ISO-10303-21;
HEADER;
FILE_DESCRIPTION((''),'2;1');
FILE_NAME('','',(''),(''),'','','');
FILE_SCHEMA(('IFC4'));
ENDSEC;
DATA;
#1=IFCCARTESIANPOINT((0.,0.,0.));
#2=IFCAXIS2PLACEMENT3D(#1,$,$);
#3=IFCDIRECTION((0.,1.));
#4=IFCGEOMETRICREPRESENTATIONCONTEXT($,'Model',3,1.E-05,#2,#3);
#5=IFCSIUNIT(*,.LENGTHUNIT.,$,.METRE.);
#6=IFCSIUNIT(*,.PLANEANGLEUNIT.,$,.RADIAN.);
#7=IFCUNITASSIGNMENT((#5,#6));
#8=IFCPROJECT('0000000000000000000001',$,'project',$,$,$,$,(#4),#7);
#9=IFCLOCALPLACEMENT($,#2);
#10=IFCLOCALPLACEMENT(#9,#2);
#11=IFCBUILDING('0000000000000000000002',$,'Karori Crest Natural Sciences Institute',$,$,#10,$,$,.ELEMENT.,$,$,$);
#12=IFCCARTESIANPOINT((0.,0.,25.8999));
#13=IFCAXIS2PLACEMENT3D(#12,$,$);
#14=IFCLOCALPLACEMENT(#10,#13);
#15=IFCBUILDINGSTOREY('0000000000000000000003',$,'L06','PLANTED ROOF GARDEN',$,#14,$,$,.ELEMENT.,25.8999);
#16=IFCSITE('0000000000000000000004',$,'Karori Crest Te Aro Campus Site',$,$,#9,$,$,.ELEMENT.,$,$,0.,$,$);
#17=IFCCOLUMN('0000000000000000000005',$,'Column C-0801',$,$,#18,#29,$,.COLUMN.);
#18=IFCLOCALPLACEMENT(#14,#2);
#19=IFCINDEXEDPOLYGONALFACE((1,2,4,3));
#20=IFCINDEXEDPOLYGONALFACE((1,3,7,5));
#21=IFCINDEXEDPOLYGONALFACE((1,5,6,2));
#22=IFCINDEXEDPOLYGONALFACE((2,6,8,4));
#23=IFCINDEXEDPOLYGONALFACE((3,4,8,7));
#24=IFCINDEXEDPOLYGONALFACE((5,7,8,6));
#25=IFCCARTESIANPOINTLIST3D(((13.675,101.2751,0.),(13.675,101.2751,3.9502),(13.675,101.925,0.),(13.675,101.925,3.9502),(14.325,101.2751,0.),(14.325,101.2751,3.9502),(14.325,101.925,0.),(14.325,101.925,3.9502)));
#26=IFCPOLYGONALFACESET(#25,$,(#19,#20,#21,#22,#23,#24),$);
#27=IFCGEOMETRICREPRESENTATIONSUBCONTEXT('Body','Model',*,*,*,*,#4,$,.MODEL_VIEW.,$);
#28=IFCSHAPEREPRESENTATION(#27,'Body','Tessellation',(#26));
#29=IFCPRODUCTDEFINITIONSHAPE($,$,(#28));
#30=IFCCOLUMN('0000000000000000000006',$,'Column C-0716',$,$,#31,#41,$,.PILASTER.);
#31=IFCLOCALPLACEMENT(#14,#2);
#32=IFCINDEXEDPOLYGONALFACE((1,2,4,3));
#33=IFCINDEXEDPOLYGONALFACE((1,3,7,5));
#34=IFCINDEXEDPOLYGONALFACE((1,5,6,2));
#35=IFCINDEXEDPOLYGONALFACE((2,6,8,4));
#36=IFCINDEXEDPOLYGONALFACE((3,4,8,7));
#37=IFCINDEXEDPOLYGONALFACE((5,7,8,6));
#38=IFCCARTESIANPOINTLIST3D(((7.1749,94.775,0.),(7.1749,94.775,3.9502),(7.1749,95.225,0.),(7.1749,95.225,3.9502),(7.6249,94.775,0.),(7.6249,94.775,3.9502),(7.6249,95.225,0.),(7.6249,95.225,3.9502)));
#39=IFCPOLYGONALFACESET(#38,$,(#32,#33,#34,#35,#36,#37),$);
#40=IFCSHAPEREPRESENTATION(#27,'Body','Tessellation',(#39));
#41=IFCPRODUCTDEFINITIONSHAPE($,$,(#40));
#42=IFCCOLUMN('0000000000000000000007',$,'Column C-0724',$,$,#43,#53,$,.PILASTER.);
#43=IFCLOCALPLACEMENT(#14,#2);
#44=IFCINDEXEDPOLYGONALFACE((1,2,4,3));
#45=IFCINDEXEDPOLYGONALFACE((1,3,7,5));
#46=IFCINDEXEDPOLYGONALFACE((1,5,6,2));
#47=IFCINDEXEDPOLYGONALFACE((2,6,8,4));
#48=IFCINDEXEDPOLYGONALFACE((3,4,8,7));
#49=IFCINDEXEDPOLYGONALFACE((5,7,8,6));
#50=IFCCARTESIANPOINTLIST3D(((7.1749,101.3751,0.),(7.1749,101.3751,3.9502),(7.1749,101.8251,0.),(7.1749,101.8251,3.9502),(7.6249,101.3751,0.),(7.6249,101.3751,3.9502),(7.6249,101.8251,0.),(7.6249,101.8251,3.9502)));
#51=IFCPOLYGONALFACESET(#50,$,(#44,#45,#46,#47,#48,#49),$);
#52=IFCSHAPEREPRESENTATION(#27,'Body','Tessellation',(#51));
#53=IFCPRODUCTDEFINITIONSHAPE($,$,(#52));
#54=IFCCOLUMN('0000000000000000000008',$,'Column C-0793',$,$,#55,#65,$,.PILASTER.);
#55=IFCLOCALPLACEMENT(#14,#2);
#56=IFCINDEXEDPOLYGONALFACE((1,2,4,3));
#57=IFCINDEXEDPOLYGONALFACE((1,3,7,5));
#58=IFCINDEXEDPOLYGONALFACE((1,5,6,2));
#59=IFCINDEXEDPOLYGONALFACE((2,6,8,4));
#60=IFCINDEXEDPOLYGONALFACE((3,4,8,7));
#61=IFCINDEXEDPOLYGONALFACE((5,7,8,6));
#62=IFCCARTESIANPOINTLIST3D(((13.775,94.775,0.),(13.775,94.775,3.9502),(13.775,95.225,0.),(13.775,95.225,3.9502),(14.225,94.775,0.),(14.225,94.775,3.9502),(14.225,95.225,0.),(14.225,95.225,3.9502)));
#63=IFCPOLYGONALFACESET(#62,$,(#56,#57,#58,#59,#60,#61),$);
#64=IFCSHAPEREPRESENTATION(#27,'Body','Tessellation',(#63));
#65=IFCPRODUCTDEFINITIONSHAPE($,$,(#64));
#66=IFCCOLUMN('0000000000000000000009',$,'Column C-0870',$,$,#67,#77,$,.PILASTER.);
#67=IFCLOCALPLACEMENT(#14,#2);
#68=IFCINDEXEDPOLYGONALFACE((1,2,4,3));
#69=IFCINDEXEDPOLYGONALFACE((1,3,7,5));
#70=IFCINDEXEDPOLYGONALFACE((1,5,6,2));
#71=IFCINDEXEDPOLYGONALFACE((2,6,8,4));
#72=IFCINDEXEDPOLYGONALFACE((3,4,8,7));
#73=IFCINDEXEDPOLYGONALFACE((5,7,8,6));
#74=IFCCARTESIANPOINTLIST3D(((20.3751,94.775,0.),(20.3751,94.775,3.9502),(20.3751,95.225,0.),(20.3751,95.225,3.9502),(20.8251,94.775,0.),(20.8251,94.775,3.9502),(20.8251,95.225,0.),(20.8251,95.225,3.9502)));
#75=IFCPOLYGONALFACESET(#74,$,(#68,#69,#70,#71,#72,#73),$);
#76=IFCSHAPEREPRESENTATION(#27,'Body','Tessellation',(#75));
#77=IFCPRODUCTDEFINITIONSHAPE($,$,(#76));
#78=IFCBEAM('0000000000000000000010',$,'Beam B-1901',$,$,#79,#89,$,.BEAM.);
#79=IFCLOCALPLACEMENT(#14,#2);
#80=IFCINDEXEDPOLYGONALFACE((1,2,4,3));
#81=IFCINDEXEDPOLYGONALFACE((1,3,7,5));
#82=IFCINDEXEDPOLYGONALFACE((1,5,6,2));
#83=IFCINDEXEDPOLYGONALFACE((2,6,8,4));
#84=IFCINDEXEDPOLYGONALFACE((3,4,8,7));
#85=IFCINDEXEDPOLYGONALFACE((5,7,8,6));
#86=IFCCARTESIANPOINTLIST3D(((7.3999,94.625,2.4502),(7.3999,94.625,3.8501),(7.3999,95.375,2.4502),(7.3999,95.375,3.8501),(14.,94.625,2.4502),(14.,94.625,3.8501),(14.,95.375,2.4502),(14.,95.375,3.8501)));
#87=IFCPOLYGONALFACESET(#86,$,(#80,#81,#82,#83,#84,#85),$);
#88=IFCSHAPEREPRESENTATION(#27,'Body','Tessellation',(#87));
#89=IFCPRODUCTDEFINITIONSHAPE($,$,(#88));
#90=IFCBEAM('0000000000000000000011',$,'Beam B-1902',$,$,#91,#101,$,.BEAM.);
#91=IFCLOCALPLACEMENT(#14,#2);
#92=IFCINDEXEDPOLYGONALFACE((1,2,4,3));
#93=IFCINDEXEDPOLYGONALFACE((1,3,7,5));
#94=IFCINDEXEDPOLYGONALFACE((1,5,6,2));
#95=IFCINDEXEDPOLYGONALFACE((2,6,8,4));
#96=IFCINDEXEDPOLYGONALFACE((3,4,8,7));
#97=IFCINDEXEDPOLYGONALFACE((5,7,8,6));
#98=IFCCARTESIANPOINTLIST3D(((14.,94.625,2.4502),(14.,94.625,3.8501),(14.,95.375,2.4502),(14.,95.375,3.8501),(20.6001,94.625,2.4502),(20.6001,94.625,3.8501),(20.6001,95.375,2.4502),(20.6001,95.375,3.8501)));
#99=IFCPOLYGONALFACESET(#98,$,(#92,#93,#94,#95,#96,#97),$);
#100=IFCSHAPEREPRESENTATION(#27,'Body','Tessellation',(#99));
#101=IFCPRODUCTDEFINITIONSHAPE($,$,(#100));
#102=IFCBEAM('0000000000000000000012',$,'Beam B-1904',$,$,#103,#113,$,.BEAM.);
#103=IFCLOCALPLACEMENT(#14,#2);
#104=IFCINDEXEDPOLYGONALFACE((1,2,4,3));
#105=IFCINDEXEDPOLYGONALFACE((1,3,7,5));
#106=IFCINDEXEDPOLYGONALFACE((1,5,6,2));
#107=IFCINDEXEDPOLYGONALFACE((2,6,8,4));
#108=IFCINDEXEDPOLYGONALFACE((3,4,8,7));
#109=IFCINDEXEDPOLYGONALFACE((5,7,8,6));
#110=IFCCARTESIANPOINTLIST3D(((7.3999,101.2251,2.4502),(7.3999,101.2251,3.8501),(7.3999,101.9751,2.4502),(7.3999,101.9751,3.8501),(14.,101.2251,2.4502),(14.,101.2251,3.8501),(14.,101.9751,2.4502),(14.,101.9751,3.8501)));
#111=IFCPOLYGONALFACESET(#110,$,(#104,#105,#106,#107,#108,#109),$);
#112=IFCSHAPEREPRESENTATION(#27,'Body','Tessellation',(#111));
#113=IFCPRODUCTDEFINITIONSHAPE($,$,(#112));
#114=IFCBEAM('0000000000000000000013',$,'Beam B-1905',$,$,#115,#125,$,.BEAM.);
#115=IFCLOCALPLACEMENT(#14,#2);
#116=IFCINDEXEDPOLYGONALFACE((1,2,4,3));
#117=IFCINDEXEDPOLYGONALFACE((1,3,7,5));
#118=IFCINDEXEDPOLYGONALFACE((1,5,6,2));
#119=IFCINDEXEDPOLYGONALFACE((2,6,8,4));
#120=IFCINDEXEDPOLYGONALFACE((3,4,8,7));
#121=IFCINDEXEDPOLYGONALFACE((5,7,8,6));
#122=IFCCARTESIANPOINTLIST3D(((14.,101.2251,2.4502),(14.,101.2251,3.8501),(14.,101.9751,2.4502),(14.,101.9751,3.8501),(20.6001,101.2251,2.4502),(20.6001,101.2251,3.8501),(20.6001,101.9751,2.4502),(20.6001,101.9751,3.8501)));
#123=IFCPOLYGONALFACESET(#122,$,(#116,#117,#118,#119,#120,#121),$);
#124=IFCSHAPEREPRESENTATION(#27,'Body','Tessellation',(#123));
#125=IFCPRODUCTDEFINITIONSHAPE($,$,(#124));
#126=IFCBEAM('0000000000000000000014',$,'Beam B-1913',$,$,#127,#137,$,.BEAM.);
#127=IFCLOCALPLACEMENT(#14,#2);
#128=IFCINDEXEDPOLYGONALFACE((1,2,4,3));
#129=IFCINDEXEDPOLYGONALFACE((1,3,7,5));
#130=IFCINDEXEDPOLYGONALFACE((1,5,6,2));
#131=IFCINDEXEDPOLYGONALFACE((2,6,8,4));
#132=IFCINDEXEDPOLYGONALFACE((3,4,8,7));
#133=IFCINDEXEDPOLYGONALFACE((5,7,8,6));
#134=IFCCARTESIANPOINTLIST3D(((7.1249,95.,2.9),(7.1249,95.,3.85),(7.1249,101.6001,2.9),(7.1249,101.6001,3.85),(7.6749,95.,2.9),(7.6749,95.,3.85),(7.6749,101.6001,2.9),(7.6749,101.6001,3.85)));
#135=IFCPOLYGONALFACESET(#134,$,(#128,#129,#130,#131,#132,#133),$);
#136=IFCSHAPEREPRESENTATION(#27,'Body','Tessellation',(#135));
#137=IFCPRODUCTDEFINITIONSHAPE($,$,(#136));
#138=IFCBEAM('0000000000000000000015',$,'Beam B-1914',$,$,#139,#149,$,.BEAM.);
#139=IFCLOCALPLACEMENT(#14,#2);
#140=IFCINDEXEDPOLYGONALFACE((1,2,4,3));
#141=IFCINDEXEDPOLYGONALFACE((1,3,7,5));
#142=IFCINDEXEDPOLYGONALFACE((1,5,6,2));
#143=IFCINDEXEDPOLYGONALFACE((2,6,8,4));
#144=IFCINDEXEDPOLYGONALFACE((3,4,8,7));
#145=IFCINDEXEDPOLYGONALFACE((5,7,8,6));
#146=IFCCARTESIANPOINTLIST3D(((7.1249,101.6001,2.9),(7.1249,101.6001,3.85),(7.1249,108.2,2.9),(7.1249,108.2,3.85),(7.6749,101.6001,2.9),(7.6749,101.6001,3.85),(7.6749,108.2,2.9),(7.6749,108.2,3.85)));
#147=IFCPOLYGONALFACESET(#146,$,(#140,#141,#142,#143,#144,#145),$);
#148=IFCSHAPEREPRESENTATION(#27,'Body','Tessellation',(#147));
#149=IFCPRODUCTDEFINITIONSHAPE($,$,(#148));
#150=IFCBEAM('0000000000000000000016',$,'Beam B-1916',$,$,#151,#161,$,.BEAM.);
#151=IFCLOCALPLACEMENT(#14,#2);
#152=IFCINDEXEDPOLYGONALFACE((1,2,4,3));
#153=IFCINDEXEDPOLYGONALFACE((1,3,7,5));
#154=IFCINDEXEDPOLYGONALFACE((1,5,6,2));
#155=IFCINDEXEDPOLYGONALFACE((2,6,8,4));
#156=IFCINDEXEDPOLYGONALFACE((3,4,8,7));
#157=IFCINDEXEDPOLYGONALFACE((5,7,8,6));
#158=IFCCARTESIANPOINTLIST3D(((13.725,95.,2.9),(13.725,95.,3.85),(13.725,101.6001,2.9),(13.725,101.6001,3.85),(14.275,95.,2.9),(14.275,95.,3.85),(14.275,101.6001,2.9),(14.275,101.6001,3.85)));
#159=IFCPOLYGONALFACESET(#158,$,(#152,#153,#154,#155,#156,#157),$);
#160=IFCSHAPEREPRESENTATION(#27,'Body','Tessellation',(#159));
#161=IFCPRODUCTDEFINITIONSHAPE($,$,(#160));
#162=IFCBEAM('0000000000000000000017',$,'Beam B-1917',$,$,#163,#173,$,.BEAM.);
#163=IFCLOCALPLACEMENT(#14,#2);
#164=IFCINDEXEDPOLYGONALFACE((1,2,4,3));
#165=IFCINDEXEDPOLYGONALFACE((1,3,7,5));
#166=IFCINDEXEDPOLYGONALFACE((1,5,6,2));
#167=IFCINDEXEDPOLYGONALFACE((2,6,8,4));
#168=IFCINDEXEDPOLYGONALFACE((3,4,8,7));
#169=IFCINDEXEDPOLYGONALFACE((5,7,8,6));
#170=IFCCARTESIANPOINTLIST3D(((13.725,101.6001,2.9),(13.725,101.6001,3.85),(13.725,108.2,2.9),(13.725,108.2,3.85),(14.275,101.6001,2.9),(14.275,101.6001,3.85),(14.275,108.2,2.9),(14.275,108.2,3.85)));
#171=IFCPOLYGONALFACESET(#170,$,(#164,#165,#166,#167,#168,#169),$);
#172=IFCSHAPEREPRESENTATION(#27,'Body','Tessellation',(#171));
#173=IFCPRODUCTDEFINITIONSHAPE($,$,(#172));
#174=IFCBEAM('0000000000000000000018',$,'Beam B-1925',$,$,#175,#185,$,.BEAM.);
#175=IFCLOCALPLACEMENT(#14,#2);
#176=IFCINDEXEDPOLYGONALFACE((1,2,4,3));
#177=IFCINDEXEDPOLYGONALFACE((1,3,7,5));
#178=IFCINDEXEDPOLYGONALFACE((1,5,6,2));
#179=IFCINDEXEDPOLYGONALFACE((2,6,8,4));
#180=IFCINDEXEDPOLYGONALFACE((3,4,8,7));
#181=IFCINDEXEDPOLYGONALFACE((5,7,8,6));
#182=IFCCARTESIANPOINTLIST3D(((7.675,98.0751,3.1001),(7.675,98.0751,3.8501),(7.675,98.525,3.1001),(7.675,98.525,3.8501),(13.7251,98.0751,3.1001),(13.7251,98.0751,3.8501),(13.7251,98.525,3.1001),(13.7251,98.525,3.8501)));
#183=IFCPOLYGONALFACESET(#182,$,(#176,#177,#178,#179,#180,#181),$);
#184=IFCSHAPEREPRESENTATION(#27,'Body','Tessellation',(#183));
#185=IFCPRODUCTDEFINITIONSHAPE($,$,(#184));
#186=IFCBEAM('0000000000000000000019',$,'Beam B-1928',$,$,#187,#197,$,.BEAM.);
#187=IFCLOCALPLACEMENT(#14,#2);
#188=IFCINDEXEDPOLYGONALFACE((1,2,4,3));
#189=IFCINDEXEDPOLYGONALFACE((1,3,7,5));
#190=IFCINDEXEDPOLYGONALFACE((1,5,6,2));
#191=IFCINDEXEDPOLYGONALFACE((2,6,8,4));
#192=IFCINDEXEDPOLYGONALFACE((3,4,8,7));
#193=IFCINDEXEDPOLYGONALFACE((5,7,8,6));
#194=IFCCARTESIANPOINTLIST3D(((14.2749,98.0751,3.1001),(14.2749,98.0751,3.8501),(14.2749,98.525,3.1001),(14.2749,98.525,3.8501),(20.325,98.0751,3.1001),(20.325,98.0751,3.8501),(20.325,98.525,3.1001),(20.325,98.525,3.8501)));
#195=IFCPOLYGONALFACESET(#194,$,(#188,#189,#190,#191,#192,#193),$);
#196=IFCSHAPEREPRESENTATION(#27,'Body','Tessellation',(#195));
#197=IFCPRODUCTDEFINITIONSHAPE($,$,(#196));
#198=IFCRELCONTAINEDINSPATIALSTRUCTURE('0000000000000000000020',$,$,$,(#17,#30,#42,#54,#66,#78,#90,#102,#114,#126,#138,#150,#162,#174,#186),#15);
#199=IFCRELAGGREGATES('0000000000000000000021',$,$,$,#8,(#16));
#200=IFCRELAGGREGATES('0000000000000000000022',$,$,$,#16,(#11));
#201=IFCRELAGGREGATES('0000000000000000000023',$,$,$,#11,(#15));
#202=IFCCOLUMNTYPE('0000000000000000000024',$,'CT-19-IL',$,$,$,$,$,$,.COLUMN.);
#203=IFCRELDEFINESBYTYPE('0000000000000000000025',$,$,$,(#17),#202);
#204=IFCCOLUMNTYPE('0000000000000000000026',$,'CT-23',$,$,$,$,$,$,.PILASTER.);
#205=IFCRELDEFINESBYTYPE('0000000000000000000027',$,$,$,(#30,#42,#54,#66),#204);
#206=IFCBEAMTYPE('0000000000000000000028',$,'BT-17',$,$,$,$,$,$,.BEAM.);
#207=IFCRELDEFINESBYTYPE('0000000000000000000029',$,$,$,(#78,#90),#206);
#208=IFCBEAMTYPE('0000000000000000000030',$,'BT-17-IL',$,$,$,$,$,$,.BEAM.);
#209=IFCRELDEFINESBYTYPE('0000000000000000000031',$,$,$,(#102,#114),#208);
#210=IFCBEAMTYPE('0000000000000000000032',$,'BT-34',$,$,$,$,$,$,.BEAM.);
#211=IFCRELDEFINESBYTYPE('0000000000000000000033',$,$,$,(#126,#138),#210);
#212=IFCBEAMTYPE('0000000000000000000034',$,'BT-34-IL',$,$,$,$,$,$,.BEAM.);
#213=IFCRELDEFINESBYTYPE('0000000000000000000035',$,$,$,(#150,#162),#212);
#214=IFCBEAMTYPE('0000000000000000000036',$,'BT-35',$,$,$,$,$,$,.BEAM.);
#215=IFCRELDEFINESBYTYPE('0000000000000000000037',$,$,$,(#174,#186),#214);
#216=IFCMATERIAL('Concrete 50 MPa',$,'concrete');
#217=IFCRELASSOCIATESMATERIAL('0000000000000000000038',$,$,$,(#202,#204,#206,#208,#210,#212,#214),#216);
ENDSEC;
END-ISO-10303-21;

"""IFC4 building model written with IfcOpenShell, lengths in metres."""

from ifc_helpers import new_model, si_unit, direction, frame, origin, origin_2d, place, context, subcontext, project, spatial, rectangle, extrude, material, material_profile, profile_set, type_object, element, save


model = new_model("IFC4")

# Units and contexts
model_context = context("Model", 3, precision=1e-05, world=origin(), true_north=direction((0.0, 1.0)))
body_context = subcontext(model_context, "Body", "Model", "MODEL_VIEW")
ifc_project = project(units=[si_unit("LENGTHUNIT", "METRE"), si_unit("PLANEANGLEUNIT", "RADIAN")], contexts=[model_context])

# Site, building, storey
site_placement = place(None, origin())
site = spatial("IfcSite", under=ifc_project, at=site_placement, Name="Karori Crest Te Aro Campus Site", CompositionType="ELEMENT", RefElevation=0.0)
building_placement = place(site_placement, origin())
building = spatial("IfcBuilding", under=site, at=building_placement, Name="Karori Crest Natural Sciences Institute", CompositionType="ELEMENT")
storey_placement = place(building_placement, frame((0.0, 0.0, 25.8999)))
storey = spatial("IfcBuildingStorey", under=building, at=storey_placement, Name="L06", Description="PLANTED ROOF GARDEN", CompositionType="ELEMENT", Elevation=25.8999)

# Columns
ifc_material_1 = material(Name="Concrete 50 MPa", Category="concrete")
ifc_material_profile_1 = material_profile(ifc_material_1, rectangle(XDim=0.6499, YDim=0.6499, at=origin_2d()), Name="RC650x650")
ifc_profile_set_1 = profile_set([ifc_material_profile_1], Name="Concrete 50 MPa")
column_type_1 = type_object("IfcColumnType", Name="CT-19-IL", PredefinedType="COLUMN", material=ifc_profile_set_1)
column_placement = place(storey_placement, frame((14.0, 101.6001, 0.0), z_axis=(0.0, 0.0, 1.0), x_axis=(1.0, 0.0, 0.0)))
element("IfcColumn", 1, at=column_placement, inside=storey, type_object=column_type_1, Name="Column C-0801", PredefinedType="COLUMN", context=body_context, shape_type="SweptSolid", body=[
    extrude(rectangle(XDim=0.6499, YDim=0.6499, at=origin_2d()), origin(), (0.0, 0.0, 1.0), 3.9502),
])
ifc_material_profile_2 = material_profile(ifc_material_1, rectangle(XDim=0.45, YDim=0.45, at=origin_2d()), Name="RC450x450")
ifc_profile_set_2 = profile_set([ifc_material_profile_2], Name="Concrete 50 MPa")
column_type_2 = type_object("IfcColumnType", Name="CT-23", PredefinedType="PILASTER", material=ifc_profile_set_2)
for number, where, z_axis, x_axis, name in (
    (2, (7.3999, 95.0, 0.0), (0.0, 0.0, 1.0), (1.0, 0.0, 0.0), "Column C-0716"),
    (3, (7.3999, 101.6001, 0.0), (0.0, 0.0, 1.0), (1.0, 0.0, 0.0), "Column C-0724"),
    (4, (14.0, 95.0, 0.0), (0.0, 0.0, 1.0), (1.0, 0.0, 0.0), "Column C-0793"),
    (5, (20.6001, 95.0, 0.0), (0.0, 0.0, 1.0), (1.0, 0.0, 0.0), "Column C-0870"),
):
    element("IfcColumn", number, at=place(storey_placement, frame(where, z_axis=z_axis, x_axis=x_axis)), inside=storey, type_object=column_type_2, Name=name, PredefinedType="PILASTER", context=body_context, shape_type="SweptSolid", body=[
        extrude(rectangle(XDim=0.45, YDim=0.45, at=origin_2d()), origin(), (0.0, 0.0, 1.0), 3.9502),
    ])

# Beams
ifc_material_profile_3 = material_profile(ifc_material_1, rectangle(XDim=0.75, YDim=1.3999, at=origin_2d()), Name="RCB750x1400")
ifc_profile_set_3 = profile_set([ifc_material_profile_3], Name="Concrete 50 MPa")
beam_type_1 = type_object("IfcBeamType", Name="BT-17", PredefinedType="BEAM", material=ifc_profile_set_3)
for number, where, z_axis, x_axis, name in (
    (6, (7.3999, 95.0, 3.1501), (1.0, 0.0, 0.0), (0.0, 1.0, 0.0), "Beam B-1901"),
    (7, (14.0, 95.0, 3.1501), (1.0, 0.0, 0.0), (0.0, 1.0, 0.0), "Beam B-1902"),
):
    element("IfcBeam", number, at=place(storey_placement, frame(where, z_axis=z_axis, x_axis=x_axis)), inside=storey, type_object=beam_type_1, Name=name, PredefinedType="BEAM", context=body_context, shape_type="SweptSolid", body=[
        extrude(rectangle(XDim=0.75, YDim=1.3999, at=origin_2d()), origin(), (0.0, 0.0, 1.0), 6.6001),
    ])
ifc_material_profile_4 = material_profile(ifc_material_1, rectangle(XDim=0.75, YDim=1.3999, at=origin_2d()), Name="RCB750x1400")
ifc_profile_set_4 = profile_set([ifc_material_profile_4], Name="Concrete 50 MPa")
beam_type_2 = type_object("IfcBeamType", Name="BT-17-IL", PredefinedType="BEAM", material=ifc_profile_set_4)
for number, where, z_axis, x_axis, name in (
    (8, (7.3999, 101.6001, 3.1501), (1.0, 0.0, 0.0), (0.0, 1.0, 0.0), "Beam B-1904"),
    (9, (14.0, 101.6001, 3.1501), (1.0, 0.0, 0.0), (0.0, 1.0, 0.0), "Beam B-1905"),
):
    element("IfcBeam", number, at=place(storey_placement, frame(where, z_axis=z_axis, x_axis=x_axis)), inside=storey, type_object=beam_type_2, Name=name, PredefinedType="BEAM", context=body_context, shape_type="SweptSolid", body=[
        extrude(rectangle(XDim=0.75, YDim=1.3999, at=origin_2d()), origin(), (0.0, 0.0, 1.0), 6.6001),
    ])
ifc_material_profile_5 = material_profile(ifc_material_1, rectangle(XDim=0.55, YDim=0.95, at=origin_2d()), Name="RCB550x950")
ifc_profile_set_5 = profile_set([ifc_material_profile_5], Name="Concrete 50 MPa")
beam_type_3 = type_object("IfcBeamType", Name="BT-34", PredefinedType="BEAM", material=ifc_profile_set_5)
beam_1_placement = place(storey_placement, frame((7.3999, 95.0, 3.375), z_axis=(0.0, 1.0, 0.0), x_axis=(-1.0, 0.0, 0.0)))
element("IfcBeam", 10, at=beam_1_placement, inside=storey, type_object=beam_type_3, Name="Beam B-1913", PredefinedType="BEAM", context=body_context, shape_type="SweptSolid", body=[
    extrude(rectangle(XDim=0.55, YDim=0.95, at=origin_2d()), origin(), (0.0, 0.0, 1.0), 6.6001),
])
beam_2_placement = place(storey_placement, frame((7.3999, 101.6001, 3.375), z_axis=(0.0, 1.0, 0.0), x_axis=(-1.0, 0.0, 0.0)))
element("IfcBeam", 11, at=beam_2_placement, inside=storey, type_object=beam_type_3, Name="Beam B-1914", PredefinedType="BEAM", context=body_context, shape_type="SweptSolid", body=[
    extrude(rectangle(XDim=0.55, YDim=0.95, at=origin_2d()), origin(), (0.0, 0.0, 1.0), 6.5999),
])
ifc_material_profile_6 = material_profile(ifc_material_1, rectangle(XDim=0.55, YDim=0.95, at=origin_2d()), Name="RCB550x950")
ifc_profile_set_6 = profile_set([ifc_material_profile_6], Name="Concrete 50 MPa")
beam_type_4 = type_object("IfcBeamType", Name="BT-34-IL", PredefinedType="BEAM", material=ifc_profile_set_6)
beam_3_placement = place(storey_placement, frame((14.0, 95.0, 3.375), z_axis=(0.0, 1.0, 0.0), x_axis=(-1.0, 0.0, 0.0)))
element("IfcBeam", 12, at=beam_3_placement, inside=storey, type_object=beam_type_4, Name="Beam B-1916", PredefinedType="BEAM", context=body_context, shape_type="SweptSolid", body=[
    extrude(rectangle(XDim=0.55, YDim=0.95, at=origin_2d()), origin(), (0.0, 0.0, 1.0), 6.6001),
])
beam_4_placement = place(storey_placement, frame((14.0, 101.6001, 3.375), z_axis=(0.0, 1.0, 0.0), x_axis=(-1.0, 0.0, 0.0)))
element("IfcBeam", 13, at=beam_4_placement, inside=storey, type_object=beam_type_4, Name="Beam B-1917", PredefinedType="BEAM", context=body_context, shape_type="SweptSolid", body=[
    extrude(rectangle(XDim=0.55, YDim=0.95, at=origin_2d()), origin(), (0.0, 0.0, 1.0), 6.5999),
])
ifc_material_profile_7 = material_profile(ifc_material_1, rectangle(XDim=0.45, YDim=0.75, at=origin_2d()), Name="RCB450x750")
ifc_profile_set_7 = profile_set([ifc_material_profile_7], Name="Concrete 50 MPa")
beam_type_5 = type_object("IfcBeamType", Name="BT-35", PredefinedType="BEAM", material=ifc_profile_set_7)
for number, where, z_axis, x_axis, name in (
    (14, (7.675, 98.3, 3.4751), (1.0, 0.0, 0.0), (0.0, 1.0, 0.0), "Beam B-1925"),
    (15, (14.2749, 98.3, 3.4751), (1.0, 0.0, 0.0), (0.0, 1.0, 0.0), "Beam B-1928"),
):
    element("IfcBeam", number, at=place(storey_placement, frame(where, z_axis=z_axis, x_axis=x_axis)), inside=storey, type_object=beam_type_5, Name=name, PredefinedType="BEAM", context=body_context, shape_type="SweptSolid", body=[
        extrude(rectangle(XDim=0.45, YDim=0.75, at=origin_2d()), origin(), (0.0, 0.0, 1.0), 6.05),
    ])

save(model, "model.ifc")
